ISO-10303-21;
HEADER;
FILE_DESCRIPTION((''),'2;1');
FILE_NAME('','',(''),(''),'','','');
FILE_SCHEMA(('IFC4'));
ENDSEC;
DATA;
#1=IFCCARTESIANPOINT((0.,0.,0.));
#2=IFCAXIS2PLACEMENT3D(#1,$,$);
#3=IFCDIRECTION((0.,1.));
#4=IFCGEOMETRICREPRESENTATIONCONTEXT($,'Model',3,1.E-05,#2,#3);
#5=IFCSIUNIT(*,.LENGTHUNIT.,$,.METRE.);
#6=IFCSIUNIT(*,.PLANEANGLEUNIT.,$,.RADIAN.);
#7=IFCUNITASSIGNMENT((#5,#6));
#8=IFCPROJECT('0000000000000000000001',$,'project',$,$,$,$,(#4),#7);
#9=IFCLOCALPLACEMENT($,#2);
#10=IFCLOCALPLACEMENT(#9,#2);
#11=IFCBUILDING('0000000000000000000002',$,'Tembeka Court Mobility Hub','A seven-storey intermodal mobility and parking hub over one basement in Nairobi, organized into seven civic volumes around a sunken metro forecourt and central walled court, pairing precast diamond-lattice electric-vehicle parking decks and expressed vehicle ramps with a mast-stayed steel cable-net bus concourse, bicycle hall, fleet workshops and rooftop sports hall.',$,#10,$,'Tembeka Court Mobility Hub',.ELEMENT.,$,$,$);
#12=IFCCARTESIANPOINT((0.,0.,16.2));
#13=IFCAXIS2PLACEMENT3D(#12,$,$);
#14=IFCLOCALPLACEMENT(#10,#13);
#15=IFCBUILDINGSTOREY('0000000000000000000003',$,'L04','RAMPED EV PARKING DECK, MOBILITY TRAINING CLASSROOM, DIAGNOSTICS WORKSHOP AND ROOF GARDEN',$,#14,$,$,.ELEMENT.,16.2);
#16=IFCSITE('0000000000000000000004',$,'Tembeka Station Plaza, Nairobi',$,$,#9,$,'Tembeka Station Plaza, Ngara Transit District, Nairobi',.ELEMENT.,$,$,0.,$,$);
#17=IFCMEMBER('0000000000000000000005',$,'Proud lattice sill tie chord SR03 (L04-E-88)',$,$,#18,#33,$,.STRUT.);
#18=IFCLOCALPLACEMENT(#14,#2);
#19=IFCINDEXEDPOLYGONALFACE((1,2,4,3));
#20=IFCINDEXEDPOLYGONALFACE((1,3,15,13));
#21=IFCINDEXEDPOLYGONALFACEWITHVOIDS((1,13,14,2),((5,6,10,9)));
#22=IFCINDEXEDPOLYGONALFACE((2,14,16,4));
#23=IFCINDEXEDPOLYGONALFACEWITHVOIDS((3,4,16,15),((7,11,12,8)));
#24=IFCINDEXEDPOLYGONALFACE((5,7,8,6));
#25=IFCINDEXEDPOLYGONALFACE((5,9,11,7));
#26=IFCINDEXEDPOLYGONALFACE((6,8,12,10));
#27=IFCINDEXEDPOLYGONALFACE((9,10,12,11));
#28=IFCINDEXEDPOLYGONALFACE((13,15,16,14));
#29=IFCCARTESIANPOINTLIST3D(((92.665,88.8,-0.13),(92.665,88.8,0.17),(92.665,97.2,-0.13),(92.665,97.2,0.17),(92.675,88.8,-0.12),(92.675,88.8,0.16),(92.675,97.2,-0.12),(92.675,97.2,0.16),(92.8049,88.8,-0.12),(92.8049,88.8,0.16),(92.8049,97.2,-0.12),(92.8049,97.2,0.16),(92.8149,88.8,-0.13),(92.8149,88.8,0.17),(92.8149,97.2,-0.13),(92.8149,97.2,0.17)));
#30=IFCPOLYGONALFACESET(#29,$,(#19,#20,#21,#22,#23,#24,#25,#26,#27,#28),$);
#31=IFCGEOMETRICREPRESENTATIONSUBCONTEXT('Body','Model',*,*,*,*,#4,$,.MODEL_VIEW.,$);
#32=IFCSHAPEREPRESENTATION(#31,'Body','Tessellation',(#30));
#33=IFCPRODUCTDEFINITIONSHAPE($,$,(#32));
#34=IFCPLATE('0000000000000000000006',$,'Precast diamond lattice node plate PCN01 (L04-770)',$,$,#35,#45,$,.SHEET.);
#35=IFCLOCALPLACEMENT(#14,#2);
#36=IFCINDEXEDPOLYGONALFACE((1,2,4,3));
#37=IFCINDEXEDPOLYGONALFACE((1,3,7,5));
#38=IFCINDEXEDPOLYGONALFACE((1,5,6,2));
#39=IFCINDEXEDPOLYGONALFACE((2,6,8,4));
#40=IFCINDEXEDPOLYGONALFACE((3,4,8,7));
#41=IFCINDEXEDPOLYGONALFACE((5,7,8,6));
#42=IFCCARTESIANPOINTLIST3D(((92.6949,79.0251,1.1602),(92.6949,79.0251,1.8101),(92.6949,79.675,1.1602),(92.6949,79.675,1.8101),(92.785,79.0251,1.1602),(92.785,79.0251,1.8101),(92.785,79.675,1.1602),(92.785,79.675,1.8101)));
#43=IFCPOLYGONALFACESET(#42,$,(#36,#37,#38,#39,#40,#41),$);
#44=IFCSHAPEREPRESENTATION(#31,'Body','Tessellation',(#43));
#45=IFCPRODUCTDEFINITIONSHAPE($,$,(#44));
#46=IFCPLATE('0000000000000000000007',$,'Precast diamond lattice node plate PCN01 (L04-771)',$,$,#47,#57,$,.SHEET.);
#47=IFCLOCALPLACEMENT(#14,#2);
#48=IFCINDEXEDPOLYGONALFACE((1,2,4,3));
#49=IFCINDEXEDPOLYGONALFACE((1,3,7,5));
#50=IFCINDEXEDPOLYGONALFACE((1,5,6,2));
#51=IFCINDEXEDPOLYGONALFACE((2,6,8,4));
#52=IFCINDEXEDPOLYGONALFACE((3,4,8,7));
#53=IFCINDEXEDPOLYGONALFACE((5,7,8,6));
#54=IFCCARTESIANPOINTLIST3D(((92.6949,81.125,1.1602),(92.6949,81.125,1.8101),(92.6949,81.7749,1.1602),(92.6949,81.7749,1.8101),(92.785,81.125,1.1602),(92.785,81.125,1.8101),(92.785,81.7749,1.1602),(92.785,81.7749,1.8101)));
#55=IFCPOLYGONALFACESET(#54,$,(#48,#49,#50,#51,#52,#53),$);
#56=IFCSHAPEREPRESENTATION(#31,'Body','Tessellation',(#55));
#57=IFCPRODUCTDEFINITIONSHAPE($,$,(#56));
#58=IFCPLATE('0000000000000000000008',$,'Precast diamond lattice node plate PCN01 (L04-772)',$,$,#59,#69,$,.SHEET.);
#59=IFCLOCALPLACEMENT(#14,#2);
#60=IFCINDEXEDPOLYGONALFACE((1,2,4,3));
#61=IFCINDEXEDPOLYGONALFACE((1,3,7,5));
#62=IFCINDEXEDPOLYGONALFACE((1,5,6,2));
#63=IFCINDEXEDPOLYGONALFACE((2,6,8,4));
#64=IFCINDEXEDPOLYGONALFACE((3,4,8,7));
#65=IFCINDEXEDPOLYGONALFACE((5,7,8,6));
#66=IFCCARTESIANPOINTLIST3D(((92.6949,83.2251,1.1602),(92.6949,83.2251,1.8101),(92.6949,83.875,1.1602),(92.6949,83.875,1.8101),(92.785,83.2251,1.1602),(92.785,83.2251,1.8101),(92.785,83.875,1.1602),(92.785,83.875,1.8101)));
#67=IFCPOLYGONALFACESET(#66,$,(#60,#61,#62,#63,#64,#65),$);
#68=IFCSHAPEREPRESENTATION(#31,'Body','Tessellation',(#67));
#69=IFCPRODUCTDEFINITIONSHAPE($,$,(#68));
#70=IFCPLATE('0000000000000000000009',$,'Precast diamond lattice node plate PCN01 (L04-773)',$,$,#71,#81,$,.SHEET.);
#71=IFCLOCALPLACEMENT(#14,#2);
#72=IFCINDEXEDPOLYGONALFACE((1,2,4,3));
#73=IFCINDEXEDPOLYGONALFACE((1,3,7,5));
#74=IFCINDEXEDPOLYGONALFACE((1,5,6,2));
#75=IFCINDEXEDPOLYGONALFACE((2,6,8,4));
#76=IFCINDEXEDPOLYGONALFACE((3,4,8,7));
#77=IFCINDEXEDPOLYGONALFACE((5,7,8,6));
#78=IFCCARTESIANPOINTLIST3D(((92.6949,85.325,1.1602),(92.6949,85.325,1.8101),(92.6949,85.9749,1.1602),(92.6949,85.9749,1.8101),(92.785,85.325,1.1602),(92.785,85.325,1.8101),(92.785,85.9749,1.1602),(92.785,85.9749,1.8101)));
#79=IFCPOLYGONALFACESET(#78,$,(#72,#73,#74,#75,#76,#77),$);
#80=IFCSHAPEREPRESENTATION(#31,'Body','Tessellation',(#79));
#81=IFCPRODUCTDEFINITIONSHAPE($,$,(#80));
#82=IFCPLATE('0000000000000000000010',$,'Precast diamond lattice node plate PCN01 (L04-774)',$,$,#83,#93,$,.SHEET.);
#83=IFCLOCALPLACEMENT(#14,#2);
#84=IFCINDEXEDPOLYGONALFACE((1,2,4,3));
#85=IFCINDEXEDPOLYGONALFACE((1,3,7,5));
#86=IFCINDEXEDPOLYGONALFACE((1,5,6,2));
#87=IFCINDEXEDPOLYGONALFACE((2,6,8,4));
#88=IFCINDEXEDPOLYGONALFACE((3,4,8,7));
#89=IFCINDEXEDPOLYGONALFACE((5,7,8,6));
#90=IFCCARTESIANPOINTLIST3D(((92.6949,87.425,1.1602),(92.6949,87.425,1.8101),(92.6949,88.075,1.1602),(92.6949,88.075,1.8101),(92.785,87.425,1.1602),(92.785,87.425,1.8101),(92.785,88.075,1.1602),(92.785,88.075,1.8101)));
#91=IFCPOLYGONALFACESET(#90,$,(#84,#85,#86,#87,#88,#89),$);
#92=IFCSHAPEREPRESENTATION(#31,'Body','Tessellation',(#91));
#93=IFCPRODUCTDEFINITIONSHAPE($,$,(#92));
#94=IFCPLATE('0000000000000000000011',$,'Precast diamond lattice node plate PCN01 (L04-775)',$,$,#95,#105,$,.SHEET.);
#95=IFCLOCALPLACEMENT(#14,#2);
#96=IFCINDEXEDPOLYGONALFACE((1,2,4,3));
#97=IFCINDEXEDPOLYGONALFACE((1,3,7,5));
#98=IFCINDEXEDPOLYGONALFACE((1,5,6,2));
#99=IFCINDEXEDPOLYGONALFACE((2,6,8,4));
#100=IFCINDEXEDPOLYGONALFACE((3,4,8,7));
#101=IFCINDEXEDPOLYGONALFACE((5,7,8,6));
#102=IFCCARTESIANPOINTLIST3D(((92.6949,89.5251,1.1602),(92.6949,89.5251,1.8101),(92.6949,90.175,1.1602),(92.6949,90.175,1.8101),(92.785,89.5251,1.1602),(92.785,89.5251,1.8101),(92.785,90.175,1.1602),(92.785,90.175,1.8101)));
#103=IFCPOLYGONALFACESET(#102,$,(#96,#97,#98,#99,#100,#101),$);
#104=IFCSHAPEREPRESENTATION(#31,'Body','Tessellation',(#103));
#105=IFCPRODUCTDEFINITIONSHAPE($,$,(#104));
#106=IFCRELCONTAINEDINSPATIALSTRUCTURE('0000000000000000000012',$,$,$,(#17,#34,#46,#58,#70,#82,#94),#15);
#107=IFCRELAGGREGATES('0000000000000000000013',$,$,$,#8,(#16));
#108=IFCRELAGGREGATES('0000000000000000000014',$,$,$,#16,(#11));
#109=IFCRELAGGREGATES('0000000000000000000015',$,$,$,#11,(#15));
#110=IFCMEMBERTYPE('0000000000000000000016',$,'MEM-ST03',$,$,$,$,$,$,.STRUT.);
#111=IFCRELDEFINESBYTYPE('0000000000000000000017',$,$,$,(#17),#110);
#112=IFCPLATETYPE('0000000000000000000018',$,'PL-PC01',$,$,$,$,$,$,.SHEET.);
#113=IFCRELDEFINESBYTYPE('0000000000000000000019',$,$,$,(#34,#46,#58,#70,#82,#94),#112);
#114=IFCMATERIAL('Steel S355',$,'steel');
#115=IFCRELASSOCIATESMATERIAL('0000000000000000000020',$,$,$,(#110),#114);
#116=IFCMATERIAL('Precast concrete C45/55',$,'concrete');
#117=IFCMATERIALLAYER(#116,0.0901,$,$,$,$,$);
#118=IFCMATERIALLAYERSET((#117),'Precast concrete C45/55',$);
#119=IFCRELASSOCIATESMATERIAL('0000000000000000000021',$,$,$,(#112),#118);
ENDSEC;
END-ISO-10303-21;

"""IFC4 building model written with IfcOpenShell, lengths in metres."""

from ifc_helpers import new_model, si_unit, direction, frame, origin, origin_2d, place, context, subcontext, project, spatial, rectangle, hollow_rectangle, extrude, material, layer, layer_set, material_profile, profile_set, type_object, element, save


model = new_model("IFC4")

# Units and contexts
model_context = context("Model", 3, precision=1e-05, world=origin(), true_north=direction((0.0, 1.0)))
body_context = subcontext(model_context, "Body", "Model", "MODEL_VIEW")
ifc_project = project(units=[si_unit("LENGTHUNIT", "METRE"), si_unit("PLANEANGLEUNIT", "RADIAN")], contexts=[model_context])

# Site, building, storey
site_placement = place(None, origin())
site = spatial("IfcSite", under=ifc_project, at=site_placement, Name="Tembeka Station Plaza, Nairobi", LongName="Tembeka Station Plaza, Ngara Transit District, Nairobi", CompositionType="ELEMENT", RefElevation=0.0)
building_placement = place(site_placement, origin())
building = spatial("IfcBuilding", under=site, at=building_placement, Name="Tembeka Court Mobility Hub", Description="A seven-storey intermodal mobility and parking hub over one basement in Nairobi, organized into seven civic volumes around a sunken metro forecourt and central walled court, pairing precast diamond-lattice electric-vehicle parking decks and expressed vehicle ramps with a mast-stayed steel cable-net bus concourse, bicycle hall, fleet workshops and rooftop sports hall.", LongName="Tembeka Court Mobility Hub", CompositionType="ELEMENT")
storey_placement = place(building_placement, frame((0.0, 0.0, 16.2)))
storey = spatial("IfcBuildingStorey", under=building, at=storey_placement, Name="L04", Description="RAMPED EV PARKING DECK, MOBILITY TRAINING CLASSROOM, DIAGNOSTICS WORKSHOP AND ROOF GARDEN", CompositionType="ELEMENT", Elevation=16.2)

# Shared definitions
ifc_material_1 = material(Name="Steel S355", Category="steel")

# Member
ifc_material_2 = material(Name="Precast concrete C45/55", Category="concrete")
ifc_material_profile_1 = material_profile(ifc_material_1, hollow_rectangle(XDim=0.1499, YDim=0.3, WallThickness=0.01, at=origin_2d()), Name="RHS 300x150x10")
ifc_profile_set_1 = profile_set([ifc_material_profile_1], Name="Steel S355")
member_type_1 = type_object("IfcMemberType", Name="MEM-ST03", PredefinedType="STRUT", material=ifc_profile_set_1)
member_1_placement = place(storey_placement, frame((92.74, 88.8, 0.02), z_axis=(0.0, 1.0, 0.0), x_axis=(-1.0, 0.0, 0.0)))
element("IfcMember", 1, at=member_1_placement, inside=storey, type_object=member_type_1, Name="Proud lattice sill tie chord SR03 (L04-E-88)", PredefinedType="STRUT", context=body_context, shape_type="SweptSolid", body=[
    extrude(hollow_rectangle(XDim=0.1499, YDim=0.3, WallThickness=0.01, at=origin_2d()), origin(), (0.0, 0.0, 1.0), 8.3999),
])

# Plates
ifc_layer = layer(ifc_material_2, 0.0901)
ifc_layer_set = layer_set([ifc_layer], Name="Precast concrete C45/55")
plate_type = type_object("IfcPlateType", Name="PL-PC01", PredefinedType="SHEET", material=ifc_layer_set)
for number, where, z_axis, x_axis, name in (
    (2, (92.74, 79.3501, 1.1602), (0.0, 0.0, 1.0), (1.0, 0.0, 0.0), "Precast diamond lattice node plate PCN01 (L04-770)"),
    (3, (92.74, 81.45, 1.1602), (0.0, 0.0, 1.0), (1.0, 0.0, 0.0), "Precast diamond lattice node plate PCN01 (L04-771)"),
    (4, (92.74, 83.55, 1.1602), (0.0, 0.0, 1.0), (1.0, 0.0, 0.0), "Precast diamond lattice node plate PCN01 (L04-772)"),
    (5, (92.74, 85.6499, 1.1602), (0.0, 0.0, 1.0), (1.0, 0.0, 0.0), "Precast diamond lattice node plate PCN01 (L04-773)"),
    (6, (92.74, 87.75, 1.1602), (0.0, 0.0, 1.0), (1.0, 0.0, 0.0), "Precast diamond lattice node plate PCN01 (L04-774)"),
    (7, (92.74, 89.8501, 1.1602), (0.0, 0.0, 1.0), (1.0, 0.0, 0.0), "Precast diamond lattice node plate PCN01 (L04-775)"),
):
    element("IfcPlate", number, at=place(storey_placement, frame(where, z_axis=z_axis, x_axis=x_axis)), inside=storey, type_object=plate_type, Name=name, PredefinedType="SHEET", context=body_context, shape_type="SweptSolid", body=[
        extrude(rectangle(XDim=0.0901, YDim=0.6499, at=origin_2d()), origin(), (0.0, 0.0, 1.0), 0.6499),
    ])

save(model, "model.ifc")
